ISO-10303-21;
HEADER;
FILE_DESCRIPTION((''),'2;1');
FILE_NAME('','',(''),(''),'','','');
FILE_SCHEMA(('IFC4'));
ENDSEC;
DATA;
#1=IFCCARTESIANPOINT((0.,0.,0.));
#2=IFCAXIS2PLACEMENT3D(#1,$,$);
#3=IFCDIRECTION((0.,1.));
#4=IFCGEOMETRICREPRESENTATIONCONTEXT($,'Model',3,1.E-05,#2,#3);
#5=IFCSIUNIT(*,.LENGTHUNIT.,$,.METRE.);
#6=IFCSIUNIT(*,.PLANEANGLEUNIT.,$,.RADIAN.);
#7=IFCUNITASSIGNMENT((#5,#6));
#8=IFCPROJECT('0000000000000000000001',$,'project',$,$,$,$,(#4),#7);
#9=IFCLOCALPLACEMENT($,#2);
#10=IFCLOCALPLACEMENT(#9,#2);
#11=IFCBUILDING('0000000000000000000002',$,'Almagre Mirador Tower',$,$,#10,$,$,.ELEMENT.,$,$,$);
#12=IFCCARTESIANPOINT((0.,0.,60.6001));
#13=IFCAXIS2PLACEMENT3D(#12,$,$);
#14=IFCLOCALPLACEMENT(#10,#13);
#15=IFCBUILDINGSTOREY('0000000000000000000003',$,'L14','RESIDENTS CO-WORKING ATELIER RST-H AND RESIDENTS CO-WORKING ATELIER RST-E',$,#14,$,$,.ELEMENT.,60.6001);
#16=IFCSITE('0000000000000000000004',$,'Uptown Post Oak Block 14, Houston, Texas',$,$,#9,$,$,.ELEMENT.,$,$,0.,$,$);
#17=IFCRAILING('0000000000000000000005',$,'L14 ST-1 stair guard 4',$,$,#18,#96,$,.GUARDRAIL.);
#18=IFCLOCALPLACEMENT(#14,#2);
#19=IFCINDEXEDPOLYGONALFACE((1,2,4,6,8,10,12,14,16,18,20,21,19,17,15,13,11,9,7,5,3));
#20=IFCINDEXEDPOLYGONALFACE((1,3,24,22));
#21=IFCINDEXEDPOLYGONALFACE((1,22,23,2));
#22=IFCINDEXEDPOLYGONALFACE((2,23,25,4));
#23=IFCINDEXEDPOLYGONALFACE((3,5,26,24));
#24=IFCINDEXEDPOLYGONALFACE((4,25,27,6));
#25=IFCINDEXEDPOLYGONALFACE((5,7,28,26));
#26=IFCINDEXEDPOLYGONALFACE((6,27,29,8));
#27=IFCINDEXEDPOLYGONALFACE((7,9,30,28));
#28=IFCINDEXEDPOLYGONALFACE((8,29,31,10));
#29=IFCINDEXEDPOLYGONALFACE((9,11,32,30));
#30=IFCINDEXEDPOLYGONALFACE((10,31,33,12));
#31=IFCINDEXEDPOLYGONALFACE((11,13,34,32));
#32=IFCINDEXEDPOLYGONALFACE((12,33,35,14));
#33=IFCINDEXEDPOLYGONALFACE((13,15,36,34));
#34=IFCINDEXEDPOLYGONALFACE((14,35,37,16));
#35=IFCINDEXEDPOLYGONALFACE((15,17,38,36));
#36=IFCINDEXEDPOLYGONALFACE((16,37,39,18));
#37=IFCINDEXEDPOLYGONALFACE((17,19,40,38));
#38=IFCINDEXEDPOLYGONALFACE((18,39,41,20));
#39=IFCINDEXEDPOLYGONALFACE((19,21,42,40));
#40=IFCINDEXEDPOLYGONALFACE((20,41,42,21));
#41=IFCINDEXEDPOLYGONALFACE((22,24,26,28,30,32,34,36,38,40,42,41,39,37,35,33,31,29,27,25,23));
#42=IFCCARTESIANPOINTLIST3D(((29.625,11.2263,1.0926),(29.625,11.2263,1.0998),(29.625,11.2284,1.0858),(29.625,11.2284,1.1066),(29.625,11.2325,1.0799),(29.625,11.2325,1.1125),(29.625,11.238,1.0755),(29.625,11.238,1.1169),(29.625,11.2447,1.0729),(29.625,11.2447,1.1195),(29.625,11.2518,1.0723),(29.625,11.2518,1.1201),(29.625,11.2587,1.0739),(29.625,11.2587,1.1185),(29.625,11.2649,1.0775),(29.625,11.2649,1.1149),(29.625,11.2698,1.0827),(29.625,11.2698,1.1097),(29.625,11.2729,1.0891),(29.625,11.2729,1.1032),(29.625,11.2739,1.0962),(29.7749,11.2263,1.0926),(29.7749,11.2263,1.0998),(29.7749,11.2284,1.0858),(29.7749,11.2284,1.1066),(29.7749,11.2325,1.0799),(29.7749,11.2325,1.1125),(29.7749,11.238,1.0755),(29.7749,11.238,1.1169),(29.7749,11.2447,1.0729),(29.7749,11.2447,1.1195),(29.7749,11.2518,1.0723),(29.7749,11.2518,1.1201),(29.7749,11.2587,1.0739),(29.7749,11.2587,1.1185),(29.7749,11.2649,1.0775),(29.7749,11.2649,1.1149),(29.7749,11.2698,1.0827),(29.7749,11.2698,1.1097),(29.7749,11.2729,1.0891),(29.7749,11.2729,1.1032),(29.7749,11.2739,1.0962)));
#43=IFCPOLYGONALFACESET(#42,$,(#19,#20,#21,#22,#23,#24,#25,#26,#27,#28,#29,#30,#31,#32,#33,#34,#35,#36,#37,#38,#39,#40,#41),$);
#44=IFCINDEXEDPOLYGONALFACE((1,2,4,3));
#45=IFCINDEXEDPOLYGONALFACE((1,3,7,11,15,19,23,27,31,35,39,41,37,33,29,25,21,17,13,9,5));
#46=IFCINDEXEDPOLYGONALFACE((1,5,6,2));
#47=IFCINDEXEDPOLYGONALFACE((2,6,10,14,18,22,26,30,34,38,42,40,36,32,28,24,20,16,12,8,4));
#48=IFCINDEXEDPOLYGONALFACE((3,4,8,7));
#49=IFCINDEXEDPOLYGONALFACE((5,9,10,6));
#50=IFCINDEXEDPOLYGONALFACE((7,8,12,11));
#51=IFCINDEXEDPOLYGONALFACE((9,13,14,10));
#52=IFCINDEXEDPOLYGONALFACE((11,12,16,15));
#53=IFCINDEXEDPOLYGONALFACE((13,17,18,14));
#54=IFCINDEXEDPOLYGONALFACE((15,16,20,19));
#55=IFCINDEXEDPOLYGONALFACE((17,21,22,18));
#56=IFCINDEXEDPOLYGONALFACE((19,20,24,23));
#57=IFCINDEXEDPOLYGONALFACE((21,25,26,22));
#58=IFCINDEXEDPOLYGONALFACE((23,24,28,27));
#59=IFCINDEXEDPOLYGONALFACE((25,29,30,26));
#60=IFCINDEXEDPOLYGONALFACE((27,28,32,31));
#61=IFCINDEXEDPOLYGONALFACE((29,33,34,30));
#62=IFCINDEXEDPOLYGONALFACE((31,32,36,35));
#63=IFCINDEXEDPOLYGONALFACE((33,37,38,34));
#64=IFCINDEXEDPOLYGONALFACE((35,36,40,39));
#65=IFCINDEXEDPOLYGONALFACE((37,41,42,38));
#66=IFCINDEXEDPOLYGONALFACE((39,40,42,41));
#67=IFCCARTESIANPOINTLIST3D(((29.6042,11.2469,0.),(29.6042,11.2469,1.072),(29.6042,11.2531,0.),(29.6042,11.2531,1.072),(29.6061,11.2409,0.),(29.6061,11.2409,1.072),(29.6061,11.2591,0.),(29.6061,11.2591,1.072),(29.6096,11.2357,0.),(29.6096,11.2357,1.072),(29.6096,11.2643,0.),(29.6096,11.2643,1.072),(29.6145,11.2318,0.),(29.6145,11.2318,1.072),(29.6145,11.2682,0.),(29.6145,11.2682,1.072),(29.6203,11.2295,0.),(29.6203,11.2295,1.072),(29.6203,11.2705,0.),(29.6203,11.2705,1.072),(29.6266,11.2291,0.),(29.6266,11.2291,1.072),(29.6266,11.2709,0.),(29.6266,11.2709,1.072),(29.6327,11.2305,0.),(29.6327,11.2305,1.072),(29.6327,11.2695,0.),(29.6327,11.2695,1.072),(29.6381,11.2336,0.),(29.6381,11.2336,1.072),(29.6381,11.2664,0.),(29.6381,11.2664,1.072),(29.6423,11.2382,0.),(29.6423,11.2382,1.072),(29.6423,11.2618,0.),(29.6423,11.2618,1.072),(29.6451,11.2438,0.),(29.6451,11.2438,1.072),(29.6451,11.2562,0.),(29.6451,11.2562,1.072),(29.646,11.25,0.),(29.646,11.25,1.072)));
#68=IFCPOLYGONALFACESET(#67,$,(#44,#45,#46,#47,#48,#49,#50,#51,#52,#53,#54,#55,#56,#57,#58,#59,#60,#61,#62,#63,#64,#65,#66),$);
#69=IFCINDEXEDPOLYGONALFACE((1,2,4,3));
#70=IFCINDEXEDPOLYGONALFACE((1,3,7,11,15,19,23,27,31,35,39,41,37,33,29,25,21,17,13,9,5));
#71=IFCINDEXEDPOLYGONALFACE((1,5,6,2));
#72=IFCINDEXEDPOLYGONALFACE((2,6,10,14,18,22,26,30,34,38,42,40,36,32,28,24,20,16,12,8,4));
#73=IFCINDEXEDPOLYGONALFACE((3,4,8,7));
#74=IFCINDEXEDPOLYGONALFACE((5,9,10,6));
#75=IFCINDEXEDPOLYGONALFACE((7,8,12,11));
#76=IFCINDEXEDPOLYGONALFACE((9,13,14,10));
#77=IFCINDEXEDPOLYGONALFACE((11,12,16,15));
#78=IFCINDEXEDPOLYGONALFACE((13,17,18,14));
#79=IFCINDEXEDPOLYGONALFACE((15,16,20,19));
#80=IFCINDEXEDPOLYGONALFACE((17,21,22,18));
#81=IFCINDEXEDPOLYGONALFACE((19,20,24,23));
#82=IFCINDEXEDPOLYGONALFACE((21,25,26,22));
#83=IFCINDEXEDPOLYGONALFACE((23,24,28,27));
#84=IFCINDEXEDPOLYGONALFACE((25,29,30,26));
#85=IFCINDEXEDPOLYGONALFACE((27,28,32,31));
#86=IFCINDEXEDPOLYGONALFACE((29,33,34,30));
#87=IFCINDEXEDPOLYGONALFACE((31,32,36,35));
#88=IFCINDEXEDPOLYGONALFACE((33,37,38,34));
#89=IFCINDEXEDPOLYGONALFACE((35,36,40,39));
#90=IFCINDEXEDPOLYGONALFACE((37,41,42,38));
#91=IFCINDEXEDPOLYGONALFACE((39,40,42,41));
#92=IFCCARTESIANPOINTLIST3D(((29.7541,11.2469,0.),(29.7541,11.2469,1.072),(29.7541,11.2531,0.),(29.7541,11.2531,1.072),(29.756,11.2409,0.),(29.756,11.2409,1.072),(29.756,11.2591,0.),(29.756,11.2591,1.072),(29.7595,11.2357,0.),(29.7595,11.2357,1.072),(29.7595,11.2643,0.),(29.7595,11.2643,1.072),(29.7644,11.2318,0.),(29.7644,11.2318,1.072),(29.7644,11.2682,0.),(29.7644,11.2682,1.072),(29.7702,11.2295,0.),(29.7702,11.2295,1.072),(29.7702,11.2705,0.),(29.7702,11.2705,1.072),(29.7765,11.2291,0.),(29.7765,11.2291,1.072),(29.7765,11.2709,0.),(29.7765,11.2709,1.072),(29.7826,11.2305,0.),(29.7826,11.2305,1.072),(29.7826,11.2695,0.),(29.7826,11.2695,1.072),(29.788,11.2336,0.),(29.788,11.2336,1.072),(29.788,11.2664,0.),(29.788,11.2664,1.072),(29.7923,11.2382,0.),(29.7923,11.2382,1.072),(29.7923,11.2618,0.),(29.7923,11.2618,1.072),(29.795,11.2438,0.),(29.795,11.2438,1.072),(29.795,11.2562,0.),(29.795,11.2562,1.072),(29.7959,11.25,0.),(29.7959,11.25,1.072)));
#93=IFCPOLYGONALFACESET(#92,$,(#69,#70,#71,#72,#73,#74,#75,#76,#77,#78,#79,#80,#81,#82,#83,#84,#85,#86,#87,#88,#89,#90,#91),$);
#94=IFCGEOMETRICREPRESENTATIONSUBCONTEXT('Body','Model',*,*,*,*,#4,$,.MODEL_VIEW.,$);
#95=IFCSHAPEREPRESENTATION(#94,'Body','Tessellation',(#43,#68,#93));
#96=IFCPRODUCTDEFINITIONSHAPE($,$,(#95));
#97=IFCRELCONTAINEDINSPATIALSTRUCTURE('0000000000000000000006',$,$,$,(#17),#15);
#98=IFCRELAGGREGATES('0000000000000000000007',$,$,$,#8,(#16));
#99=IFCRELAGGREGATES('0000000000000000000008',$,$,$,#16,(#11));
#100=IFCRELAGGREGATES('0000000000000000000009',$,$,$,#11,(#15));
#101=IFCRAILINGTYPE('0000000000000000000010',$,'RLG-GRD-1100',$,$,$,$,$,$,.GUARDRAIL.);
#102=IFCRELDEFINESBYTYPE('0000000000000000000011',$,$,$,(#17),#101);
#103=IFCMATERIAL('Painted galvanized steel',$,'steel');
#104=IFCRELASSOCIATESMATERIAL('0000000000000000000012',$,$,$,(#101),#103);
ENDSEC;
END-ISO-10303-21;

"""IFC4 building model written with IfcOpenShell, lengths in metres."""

from ifc_helpers import new_model, si_unit, direction, frame, origin, origin_2d, place, context, subcontext, project, spatial, circle, extrude, material, type_object, element, save


model = new_model("IFC4")

# Units and contexts
model_context = context("Model", 3, precision=1e-05, world=origin(), true_north=direction((0.0, 1.0)))
body_context = subcontext(model_context, "Body", "Model", "MODEL_VIEW")
ifc_project = project(units=[si_unit("LENGTHUNIT", "METRE"), si_unit("PLANEANGLEUNIT", "RADIAN")], contexts=[model_context])

# Site, building, storey
site_placement = place(None, origin())
site = spatial("IfcSite", under=ifc_project, at=site_placement, Name="Uptown Post Oak Block 14, Houston, Texas", CompositionType="ELEMENT", RefElevation=0.0)
building_placement = place(site_placement, origin())
building = spatial("IfcBuilding", under=site, at=building_placement, Name="Almagre Mirador Tower", CompositionType="ELEMENT")
storey_placement = place(building_placement, frame((0.0, 0.0, 60.6001)))
storey = spatial("IfcBuildingStorey", under=building, at=storey_placement, Name="L14", Description="RESIDENTS CO-WORKING ATELIER RST-H AND RESIDENTS CO-WORKING ATELIER RST-E", CompositionType="ELEMENT", Elevation=60.6001)

# Railing
ifc_material_1 = material(Name="Painted galvanized steel", Category="steel")
railing_type_1 = type_object("IfcRailingType", Name="RLG-GRD-1100", PredefinedType="GUARDRAIL", material=ifc_material_1)
railing_1_placement = place(storey_placement, frame((29.625, 11.25, 0.0)))
element("IfcRailing", 1, at=railing_1_placement, inside=storey, type_object=railing_type_1, Name="L14 ST-1 stair guard 4", PredefinedType="GUARDRAIL", context=body_context, shape_type="SweptSolid", body=[
    extrude(circle(Radius=0.0239, at=origin_2d()), frame((0.0, 0.0, 1.0962), z_axis=(1.0, 0.0, 0.0), x_axis=(0.0, 1.0, 0.0)), (0.0, 0.0, 1.0), 0.1499),
    extrude(circle(Radius=0.021, at=origin_2d()), origin(), (0.0, 0.0, 1.0), 1.072),
    extrude(circle(Radius=0.021, at=origin_2d()), frame((0.1499, 0.0, 0.0)), (0.0, 0.0, 1.0), 1.072),
])

save(model, "model.ifc")
